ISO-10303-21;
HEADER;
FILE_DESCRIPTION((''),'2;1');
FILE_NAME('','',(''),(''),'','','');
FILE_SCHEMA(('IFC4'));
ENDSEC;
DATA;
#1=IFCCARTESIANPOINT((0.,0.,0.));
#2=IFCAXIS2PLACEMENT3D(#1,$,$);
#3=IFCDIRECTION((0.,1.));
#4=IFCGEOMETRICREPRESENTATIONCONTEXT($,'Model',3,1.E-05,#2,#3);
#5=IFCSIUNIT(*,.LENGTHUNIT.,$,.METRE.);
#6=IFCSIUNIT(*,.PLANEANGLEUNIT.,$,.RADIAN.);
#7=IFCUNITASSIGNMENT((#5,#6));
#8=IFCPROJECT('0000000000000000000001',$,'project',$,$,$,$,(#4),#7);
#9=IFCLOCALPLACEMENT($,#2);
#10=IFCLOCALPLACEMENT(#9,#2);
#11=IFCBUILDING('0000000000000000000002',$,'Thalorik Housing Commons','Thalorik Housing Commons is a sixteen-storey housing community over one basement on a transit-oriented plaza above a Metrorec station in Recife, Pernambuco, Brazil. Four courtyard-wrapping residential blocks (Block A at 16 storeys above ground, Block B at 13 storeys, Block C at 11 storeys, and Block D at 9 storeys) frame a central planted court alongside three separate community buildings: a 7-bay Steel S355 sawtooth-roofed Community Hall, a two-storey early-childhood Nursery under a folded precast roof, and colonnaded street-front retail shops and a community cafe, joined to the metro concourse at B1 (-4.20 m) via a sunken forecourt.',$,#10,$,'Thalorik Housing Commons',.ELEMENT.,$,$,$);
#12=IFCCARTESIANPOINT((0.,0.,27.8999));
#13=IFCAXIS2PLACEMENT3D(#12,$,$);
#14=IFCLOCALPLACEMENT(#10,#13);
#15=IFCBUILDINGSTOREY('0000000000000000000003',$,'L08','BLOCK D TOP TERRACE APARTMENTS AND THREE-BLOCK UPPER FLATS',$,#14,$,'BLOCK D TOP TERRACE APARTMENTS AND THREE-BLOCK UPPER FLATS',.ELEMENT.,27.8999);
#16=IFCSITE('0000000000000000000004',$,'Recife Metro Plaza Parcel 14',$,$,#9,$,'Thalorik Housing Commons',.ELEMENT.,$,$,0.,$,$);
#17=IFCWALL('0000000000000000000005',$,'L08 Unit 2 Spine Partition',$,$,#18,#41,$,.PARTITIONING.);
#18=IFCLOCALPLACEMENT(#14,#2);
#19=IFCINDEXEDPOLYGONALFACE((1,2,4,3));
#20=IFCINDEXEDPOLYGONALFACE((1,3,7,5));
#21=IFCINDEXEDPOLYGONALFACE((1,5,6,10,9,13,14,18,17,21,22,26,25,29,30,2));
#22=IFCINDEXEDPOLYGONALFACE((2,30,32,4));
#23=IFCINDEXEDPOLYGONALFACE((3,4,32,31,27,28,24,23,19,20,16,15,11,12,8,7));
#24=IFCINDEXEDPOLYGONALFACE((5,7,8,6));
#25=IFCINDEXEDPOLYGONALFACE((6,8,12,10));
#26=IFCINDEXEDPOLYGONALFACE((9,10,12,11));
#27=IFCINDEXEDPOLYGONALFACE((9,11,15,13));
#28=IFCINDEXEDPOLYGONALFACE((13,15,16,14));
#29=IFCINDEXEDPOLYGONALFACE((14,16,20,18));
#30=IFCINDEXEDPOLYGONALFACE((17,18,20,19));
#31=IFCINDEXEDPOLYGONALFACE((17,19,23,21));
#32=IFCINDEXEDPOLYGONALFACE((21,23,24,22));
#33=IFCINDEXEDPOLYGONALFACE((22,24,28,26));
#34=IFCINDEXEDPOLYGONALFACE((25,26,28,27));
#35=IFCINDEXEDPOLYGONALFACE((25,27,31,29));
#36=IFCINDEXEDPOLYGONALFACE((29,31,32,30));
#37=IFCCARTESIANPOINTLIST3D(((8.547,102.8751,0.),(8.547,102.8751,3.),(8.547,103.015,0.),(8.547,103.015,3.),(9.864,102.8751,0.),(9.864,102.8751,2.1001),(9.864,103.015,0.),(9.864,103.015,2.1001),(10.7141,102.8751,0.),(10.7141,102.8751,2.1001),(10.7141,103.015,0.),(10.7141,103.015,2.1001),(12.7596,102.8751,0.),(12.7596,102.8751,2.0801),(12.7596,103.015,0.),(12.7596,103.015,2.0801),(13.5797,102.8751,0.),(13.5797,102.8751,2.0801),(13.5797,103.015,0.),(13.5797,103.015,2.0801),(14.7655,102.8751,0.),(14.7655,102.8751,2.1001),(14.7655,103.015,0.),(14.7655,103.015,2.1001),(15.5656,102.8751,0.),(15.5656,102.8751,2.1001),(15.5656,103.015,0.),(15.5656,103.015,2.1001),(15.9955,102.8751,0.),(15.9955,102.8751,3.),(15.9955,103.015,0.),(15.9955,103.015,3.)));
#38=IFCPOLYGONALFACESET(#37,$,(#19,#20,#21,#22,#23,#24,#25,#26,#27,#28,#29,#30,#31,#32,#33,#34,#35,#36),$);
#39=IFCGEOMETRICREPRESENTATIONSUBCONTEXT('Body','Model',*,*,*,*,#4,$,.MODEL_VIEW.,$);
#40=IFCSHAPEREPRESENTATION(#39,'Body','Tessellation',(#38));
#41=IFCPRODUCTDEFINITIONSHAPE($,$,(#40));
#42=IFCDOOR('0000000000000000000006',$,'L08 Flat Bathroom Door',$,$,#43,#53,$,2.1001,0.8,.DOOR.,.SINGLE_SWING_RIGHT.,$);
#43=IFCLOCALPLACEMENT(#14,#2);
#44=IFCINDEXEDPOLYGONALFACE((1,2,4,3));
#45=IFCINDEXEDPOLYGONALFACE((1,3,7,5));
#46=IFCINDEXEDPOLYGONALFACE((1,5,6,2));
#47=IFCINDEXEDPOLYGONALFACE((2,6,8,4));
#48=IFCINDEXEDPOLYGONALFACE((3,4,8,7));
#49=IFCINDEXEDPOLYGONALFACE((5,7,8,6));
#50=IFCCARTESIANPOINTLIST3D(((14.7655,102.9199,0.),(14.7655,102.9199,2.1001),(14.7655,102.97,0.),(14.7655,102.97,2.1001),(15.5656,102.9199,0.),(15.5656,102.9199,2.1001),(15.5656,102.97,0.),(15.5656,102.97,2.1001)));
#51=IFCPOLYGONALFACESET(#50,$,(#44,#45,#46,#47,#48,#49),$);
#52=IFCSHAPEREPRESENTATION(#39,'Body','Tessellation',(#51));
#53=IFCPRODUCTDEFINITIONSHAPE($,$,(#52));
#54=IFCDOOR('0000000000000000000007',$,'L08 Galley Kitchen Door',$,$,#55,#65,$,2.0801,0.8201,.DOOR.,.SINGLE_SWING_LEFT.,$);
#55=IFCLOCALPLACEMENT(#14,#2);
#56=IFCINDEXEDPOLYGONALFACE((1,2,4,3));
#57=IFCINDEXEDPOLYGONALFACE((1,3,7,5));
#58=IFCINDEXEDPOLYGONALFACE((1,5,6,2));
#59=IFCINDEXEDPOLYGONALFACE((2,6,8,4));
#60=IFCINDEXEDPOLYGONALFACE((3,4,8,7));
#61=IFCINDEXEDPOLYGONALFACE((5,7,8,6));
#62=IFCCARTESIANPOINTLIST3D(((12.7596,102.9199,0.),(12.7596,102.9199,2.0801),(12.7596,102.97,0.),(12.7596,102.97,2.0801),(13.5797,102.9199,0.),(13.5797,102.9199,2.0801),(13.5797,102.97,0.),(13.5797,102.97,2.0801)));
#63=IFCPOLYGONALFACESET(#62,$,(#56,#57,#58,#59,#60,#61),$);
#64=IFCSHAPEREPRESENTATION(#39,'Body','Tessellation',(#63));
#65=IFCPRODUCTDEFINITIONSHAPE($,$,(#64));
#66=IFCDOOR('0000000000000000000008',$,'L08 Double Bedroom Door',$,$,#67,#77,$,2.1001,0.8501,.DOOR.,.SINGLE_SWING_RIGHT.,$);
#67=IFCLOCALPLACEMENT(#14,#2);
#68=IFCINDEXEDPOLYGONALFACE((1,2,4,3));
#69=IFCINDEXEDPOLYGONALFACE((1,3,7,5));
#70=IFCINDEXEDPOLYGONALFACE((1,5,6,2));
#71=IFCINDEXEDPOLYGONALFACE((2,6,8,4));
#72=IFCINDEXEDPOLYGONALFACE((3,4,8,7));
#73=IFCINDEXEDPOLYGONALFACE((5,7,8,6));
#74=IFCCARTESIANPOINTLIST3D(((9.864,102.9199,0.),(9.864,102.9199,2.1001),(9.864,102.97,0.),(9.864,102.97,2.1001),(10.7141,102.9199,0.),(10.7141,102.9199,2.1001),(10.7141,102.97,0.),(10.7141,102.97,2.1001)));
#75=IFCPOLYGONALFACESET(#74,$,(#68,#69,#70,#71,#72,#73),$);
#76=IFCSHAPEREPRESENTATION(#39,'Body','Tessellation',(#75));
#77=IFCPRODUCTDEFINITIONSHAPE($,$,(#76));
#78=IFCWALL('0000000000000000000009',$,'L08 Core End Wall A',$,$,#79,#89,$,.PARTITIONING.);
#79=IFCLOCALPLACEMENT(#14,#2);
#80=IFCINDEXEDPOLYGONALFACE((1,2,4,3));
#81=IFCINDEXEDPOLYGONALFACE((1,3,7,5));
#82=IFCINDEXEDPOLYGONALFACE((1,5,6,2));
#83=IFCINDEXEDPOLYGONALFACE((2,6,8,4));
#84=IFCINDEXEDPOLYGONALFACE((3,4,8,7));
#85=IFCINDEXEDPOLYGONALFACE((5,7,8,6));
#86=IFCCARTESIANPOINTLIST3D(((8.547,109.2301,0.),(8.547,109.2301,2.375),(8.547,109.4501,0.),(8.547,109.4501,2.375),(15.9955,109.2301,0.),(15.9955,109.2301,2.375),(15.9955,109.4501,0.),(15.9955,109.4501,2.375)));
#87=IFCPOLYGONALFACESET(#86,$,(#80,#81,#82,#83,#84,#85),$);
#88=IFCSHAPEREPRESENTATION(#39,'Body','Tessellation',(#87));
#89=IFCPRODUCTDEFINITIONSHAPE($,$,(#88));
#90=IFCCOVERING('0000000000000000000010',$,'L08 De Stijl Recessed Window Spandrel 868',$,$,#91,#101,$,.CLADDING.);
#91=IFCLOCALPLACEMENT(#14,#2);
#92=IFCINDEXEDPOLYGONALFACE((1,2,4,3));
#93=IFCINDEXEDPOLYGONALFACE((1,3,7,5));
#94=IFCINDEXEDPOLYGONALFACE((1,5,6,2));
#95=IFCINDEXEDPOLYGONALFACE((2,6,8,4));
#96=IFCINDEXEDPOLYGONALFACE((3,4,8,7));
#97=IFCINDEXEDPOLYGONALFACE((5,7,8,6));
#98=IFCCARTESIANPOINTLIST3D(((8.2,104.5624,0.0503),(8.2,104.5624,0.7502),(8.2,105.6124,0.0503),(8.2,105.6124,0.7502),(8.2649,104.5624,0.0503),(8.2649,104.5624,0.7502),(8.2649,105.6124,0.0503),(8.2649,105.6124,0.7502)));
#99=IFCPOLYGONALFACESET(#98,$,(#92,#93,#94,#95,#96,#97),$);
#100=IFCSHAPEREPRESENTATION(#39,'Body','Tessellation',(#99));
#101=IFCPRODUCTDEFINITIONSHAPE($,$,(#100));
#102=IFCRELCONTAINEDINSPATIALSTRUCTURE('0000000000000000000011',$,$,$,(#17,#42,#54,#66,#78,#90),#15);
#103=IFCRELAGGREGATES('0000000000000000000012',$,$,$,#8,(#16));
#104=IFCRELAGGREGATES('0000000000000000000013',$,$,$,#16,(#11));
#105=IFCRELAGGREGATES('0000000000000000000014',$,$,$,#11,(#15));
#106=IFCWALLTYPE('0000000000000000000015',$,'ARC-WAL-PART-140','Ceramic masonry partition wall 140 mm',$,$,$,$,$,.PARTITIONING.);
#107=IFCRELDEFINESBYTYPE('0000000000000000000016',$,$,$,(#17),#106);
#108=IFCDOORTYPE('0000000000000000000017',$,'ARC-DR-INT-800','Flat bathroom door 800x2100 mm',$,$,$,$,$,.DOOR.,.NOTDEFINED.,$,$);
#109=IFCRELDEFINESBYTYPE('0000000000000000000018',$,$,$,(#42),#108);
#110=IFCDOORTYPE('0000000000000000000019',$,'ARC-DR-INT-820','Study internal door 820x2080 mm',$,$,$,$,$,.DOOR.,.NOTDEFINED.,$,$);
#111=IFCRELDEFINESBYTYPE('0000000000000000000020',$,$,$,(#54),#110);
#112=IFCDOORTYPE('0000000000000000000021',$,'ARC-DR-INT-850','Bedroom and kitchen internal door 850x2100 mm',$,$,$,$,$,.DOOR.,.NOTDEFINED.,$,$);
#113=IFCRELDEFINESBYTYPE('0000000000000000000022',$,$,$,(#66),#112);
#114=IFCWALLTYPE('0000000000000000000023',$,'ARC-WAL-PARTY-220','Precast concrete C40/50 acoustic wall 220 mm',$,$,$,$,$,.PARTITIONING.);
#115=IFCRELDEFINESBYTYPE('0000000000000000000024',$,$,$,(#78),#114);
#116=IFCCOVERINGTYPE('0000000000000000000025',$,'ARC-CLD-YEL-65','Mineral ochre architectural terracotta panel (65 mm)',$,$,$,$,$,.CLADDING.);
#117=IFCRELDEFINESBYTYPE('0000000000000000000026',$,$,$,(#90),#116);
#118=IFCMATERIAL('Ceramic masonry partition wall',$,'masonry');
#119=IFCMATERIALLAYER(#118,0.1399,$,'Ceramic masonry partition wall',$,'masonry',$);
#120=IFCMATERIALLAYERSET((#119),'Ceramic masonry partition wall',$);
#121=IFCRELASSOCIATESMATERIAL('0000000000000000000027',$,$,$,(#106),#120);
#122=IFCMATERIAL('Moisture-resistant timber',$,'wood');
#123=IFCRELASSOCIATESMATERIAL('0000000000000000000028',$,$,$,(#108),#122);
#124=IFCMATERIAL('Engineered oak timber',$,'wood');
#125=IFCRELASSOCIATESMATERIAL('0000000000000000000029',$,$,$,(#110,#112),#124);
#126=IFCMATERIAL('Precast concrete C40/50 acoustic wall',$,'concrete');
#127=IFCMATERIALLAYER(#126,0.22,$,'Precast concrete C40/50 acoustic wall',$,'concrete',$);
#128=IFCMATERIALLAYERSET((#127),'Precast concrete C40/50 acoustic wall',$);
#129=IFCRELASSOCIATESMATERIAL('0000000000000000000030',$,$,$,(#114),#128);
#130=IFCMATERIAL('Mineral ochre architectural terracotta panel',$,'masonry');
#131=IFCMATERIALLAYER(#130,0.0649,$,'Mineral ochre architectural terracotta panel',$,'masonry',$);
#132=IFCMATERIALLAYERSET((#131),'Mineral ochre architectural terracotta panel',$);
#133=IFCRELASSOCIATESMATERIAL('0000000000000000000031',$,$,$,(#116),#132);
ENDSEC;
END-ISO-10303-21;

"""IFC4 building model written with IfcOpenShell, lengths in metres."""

from ifc_helpers import new_model, si_unit, direction, frame, frame_2d, origin, origin_2d, place, context, subcontext, project, spatial, rectangle, extrude, material, layer, layer_set, type_object, element, fill, save


model = new_model("IFC4")

# Units and contexts
model_context = context("Model", 3, precision=1e-05, world=origin(), true_north=direction((0.0, 1.0)))
body_context = subcontext(model_context, "Body", "Model", "MODEL_VIEW")
ifc_project = project(units=[si_unit("LENGTHUNIT", "METRE"), si_unit("PLANEANGLEUNIT", "RADIAN")], contexts=[model_context])

# Site, building, storey
site_placement = place(None, origin())
site = spatial("IfcSite", under=ifc_project, at=site_placement, Name="Recife Metro Plaza Parcel 14", LongName="Thalorik Housing Commons", CompositionType="ELEMENT", RefElevation=0.0)
building_placement = place(site_placement, origin())
building = spatial("IfcBuilding", under=site, at=building_placement, Name="Thalorik Housing Commons", Description="Thalorik Housing Commons is a sixteen-storey housing community over one basement on a transit-oriented plaza above a Metrorec station in Recife, Pernambuco, Brazil. Four courtyard-wrapping residential blocks (Block A at 16 storeys above ground, Block B at 13 storeys, Block C at 11 storeys, and Block D at 9 storeys) frame a central planted court alongside three separate community buildings: a 7-bay Steel S355 sawtooth-roofed Community Hall, a two-storey early-childhood Nursery under a folded precast roof, and colonnaded street-front retail shops and a community cafe, joined to the metro concourse at B1 (-4.20 m) via a sunken forecourt.", LongName="Thalorik Housing Commons", CompositionType="ELEMENT")
storey_placement = place(building_placement, frame((0.0, 0.0, 27.8999)))
storey = spatial("IfcBuildingStorey", under=building, at=storey_placement, Name="L08", Description="BLOCK D TOP TERRACE APARTMENTS AND THREE-BLOCK UPPER FLATS", LongName="BLOCK D TOP TERRACE APARTMENTS AND THREE-BLOCK UPPER FLATS", CompositionType="ELEMENT", Elevation=27.8999)

# Wall, openings, doors
ifc_material_1 = material(Name="Ceramic masonry partition wall", Category="masonry")
ifc_layer_1 = layer(ifc_material_1, 0.1399, Name="Ceramic masonry partition wall", Category="masonry")
ifc_layer_set_1 = layer_set([ifc_layer_1], Name="Ceramic masonry partition wall")
wall_type_1 = type_object("IfcWallType", Name="ARC-WAL-PART-140", Description="Ceramic masonry partition wall 140 mm", PredefinedType="PARTITIONING", material=ifc_layer_set_1)
wall_1_placement = place(storey_placement, frame((8.5471, 102.9451, 0.0), z_axis=(0.0, 0.0, 1.0), x_axis=(1.0, 0.0, 0.0)))
wall_1 = element("IfcWall", 1, at=wall_1_placement, inside=storey, type_object=wall_type_1, Name="L08 Unit 2 Spine Partition", PredefinedType="PARTITIONING", context=body_context, shape_type="SweptSolid", body=[
    extrude(rectangle(XDim=7.4485, YDim=0.1399, at=frame_2d((3.7241, 0.0))), origin(), (0.0, 0.0, 1.0), 3.0),
])
opening_1_placement = place(wall_1_placement, frame((1.3169, 0.0, 0.0)))
opening_1 = element("IfcOpeningElement", 2, at=opening_1_placement, cuts=wall_1, PredefinedType="OPENING", context=body_context, shape_type="SweptSolid", body=[
    extrude(rectangle(XDim=0.8501, YDim=2.1001, at=frame_2d((0.425, 1.05))), frame((0.0, 0.0801, 0.0), z_axis=(0.0, -1.0, 0.0), x_axis=(1.0, 0.0, 0.0)), (0.0, 0.0, 1.0), 0.1599),
])
opening_2_placement = place(wall_1_placement, frame((4.2124, 0.0, 0.0)))
opening_2 = element("IfcOpeningElement", 3, at=opening_2_placement, cuts=wall_1, PredefinedType="OPENING", context=body_context, shape_type="SweptSolid", body=[
    extrude(rectangle(XDim=0.8201, YDim=2.0801, at=frame_2d((0.4102, 1.04))), frame((0.0, 0.0801, 0.0), z_axis=(0.0, -1.0, 0.0), x_axis=(1.0, 0.0, 0.0)), (0.0, 0.0, 1.0), 0.1599),
])
opening_3_placement = place(wall_1_placement, frame((6.2185, 0.0, 0.0)))
opening_3 = element("IfcOpeningElement", 4, at=opening_3_placement, cuts=wall_1, PredefinedType="OPENING", context=body_context, shape_type="SweptSolid", body=[
    extrude(rectangle(XDim=0.8, YDim=2.1001, at=frame_2d((0.3999, 1.05))), frame((0.0, 0.0801, 0.0), z_axis=(0.0, -1.0, 0.0), x_axis=(1.0, 0.0, 0.0)), (0.0, 0.0, 1.0), 0.1599),
])
ifc_material_2 = material(Name="Moisture-resistant timber", Category="wood")
door_type_1 = type_object("IfcDoorType", Name="ARC-DR-INT-800", Description="Flat bathroom door 800x2100 mm", OperationType="NOTDEFINED", PredefinedType="DOOR", material=ifc_material_2)
door_1_placement = place(opening_3_placement, origin())
door_1 = element("IfcDoor", 5, at=door_1_placement, inside=storey, type_object=door_type_1, Name="L08 Flat Bathroom Door", OperationType="SINGLE_SWING_RIGHT", OverallHeight=2.1001, OverallWidth=0.8, PredefinedType="DOOR", context=body_context, shape_type="SweptSolid", body=[
    extrude(rectangle(XDim=0.8, YDim=2.1001, at=frame_2d((0.3999, 1.05))), frame((0.0, 0.0249, 0.0), z_axis=(0.0, -1.0, 0.0), x_axis=(1.0, 0.0, 0.0)), (0.0, 0.0, 1.0), 0.05),
])
fill(opening_3, door_1)
ifc_material_3 = material(Name="Engineered oak timber", Category="wood")
door_type_2 = type_object("IfcDoorType", Name="ARC-DR-INT-820", Description="Study internal door 820x2080 mm", OperationType="NOTDEFINED", PredefinedType="DOOR", material=ifc_material_3)
door_2_placement = place(opening_2_placement, origin())
door_2 = element("IfcDoor", 6, at=door_2_placement, inside=storey, type_object=door_type_2, Name="L08 Galley Kitchen Door", OperationType="SINGLE_SWING_LEFT", OverallHeight=2.0801, OverallWidth=0.8201, PredefinedType="DOOR", context=body_context, shape_type="SweptSolid", body=[
    extrude(rectangle(XDim=0.8201, YDim=2.0801, at=frame_2d((0.4102, 1.04))), frame((0.0, 0.0249, 0.0), z_axis=(0.0, -1.0, 0.0), x_axis=(1.0, 0.0, 0.0)), (0.0, 0.0, 1.0), 0.05),
])
fill(opening_2, door_2)
door_type_3 = type_object("IfcDoorType", Name="ARC-DR-INT-850", Description="Bedroom and kitchen internal door 850x2100 mm", OperationType="NOTDEFINED", PredefinedType="DOOR", material=ifc_material_3)
door_3_placement = place(opening_1_placement, origin())
door_3 = element("IfcDoor", 7, at=door_3_placement, inside=storey, type_object=door_type_3, Name="L08 Double Bedroom Door", OperationType="SINGLE_SWING_RIGHT", OverallHeight=2.1001, OverallWidth=0.8501, PredefinedType="DOOR", context=body_context, shape_type="SweptSolid", body=[
    extrude(rectangle(XDim=0.8501, YDim=2.1001, at=frame_2d((0.425, 1.05))), frame((0.0, 0.0249, 0.0), z_axis=(0.0, -1.0, 0.0), x_axis=(1.0, 0.0, 0.0)), (0.0, 0.0, 1.0), 0.05),
])
fill(opening_1, door_3)

# Wall
ifc_material_4 = material(Name="Precast concrete C40/50 acoustic wall", Category="concrete")
ifc_layer_2 = layer(ifc_material_4, 0.22, Name="Precast concrete C40/50 acoustic wall", Category="concrete")
ifc_layer_set_2 = layer_set([ifc_layer_2], Name="Precast concrete C40/50 acoustic wall")
wall_type_2 = type_object("IfcWallType", Name="ARC-WAL-PARTY-220", Description="Precast concrete C40/50 acoustic wall 220 mm", PredefinedType="PARTITIONING", material=ifc_layer_set_2)
wall_2_placement = place(storey_placement, frame((8.5471, 109.3401, 0.0), z_axis=(0.0, 0.0, 1.0), x_axis=(1.0, 0.0, 0.0)))
element("IfcWall", 8, at=wall_2_placement, inside=storey, type_object=wall_type_2, Name="L08 Core End Wall A", PredefinedType="PARTITIONING", context=body_context, shape_type="SweptSolid", body=[
    extrude(rectangle(XDim=7.4485, YDim=0.22, at=frame_2d((3.7241, 0.0))), origin(), (0.0, 0.0, 1.0), 2.375),
])

# Covering
ifc_material_5 = material(Name="Mineral ochre architectural terracotta panel", Category="masonry")
ifc_layer_3 = layer(ifc_material_5, 0.0649, Name="Mineral ochre architectural terracotta panel", Category="masonry")
ifc_layer_set_3 = layer_set([ifc_layer_3], Name="Mineral ochre architectural terracotta panel")
covering_type_1 = type_object("IfcCoveringType", Name="ARC-CLD-YEL-65", Description="Mineral ochre architectural terracotta panel (65 mm)", PredefinedType="CLADDING", material=ifc_layer_set_3)
covering_1_placement = place(storey_placement, frame((8.2324, 105.0874, 0.0503), z_axis=(0.0, 0.0, 1.0), x_axis=(0.0, -1.0, 0.0)))
element("IfcCovering", 9, at=covering_1_placement, inside=storey, type_object=covering_type_1, Name="L08 De Stijl Recessed Window Spandrel 868", PredefinedType="CLADDING", context=body_context, shape_type="SweptSolid", body=[
    extrude(rectangle(XDim=1.05, YDim=0.0649, at=origin_2d()), origin(), (0.0, 0.0, 1.0), 0.7),
])

save(model, "model.ifc")
